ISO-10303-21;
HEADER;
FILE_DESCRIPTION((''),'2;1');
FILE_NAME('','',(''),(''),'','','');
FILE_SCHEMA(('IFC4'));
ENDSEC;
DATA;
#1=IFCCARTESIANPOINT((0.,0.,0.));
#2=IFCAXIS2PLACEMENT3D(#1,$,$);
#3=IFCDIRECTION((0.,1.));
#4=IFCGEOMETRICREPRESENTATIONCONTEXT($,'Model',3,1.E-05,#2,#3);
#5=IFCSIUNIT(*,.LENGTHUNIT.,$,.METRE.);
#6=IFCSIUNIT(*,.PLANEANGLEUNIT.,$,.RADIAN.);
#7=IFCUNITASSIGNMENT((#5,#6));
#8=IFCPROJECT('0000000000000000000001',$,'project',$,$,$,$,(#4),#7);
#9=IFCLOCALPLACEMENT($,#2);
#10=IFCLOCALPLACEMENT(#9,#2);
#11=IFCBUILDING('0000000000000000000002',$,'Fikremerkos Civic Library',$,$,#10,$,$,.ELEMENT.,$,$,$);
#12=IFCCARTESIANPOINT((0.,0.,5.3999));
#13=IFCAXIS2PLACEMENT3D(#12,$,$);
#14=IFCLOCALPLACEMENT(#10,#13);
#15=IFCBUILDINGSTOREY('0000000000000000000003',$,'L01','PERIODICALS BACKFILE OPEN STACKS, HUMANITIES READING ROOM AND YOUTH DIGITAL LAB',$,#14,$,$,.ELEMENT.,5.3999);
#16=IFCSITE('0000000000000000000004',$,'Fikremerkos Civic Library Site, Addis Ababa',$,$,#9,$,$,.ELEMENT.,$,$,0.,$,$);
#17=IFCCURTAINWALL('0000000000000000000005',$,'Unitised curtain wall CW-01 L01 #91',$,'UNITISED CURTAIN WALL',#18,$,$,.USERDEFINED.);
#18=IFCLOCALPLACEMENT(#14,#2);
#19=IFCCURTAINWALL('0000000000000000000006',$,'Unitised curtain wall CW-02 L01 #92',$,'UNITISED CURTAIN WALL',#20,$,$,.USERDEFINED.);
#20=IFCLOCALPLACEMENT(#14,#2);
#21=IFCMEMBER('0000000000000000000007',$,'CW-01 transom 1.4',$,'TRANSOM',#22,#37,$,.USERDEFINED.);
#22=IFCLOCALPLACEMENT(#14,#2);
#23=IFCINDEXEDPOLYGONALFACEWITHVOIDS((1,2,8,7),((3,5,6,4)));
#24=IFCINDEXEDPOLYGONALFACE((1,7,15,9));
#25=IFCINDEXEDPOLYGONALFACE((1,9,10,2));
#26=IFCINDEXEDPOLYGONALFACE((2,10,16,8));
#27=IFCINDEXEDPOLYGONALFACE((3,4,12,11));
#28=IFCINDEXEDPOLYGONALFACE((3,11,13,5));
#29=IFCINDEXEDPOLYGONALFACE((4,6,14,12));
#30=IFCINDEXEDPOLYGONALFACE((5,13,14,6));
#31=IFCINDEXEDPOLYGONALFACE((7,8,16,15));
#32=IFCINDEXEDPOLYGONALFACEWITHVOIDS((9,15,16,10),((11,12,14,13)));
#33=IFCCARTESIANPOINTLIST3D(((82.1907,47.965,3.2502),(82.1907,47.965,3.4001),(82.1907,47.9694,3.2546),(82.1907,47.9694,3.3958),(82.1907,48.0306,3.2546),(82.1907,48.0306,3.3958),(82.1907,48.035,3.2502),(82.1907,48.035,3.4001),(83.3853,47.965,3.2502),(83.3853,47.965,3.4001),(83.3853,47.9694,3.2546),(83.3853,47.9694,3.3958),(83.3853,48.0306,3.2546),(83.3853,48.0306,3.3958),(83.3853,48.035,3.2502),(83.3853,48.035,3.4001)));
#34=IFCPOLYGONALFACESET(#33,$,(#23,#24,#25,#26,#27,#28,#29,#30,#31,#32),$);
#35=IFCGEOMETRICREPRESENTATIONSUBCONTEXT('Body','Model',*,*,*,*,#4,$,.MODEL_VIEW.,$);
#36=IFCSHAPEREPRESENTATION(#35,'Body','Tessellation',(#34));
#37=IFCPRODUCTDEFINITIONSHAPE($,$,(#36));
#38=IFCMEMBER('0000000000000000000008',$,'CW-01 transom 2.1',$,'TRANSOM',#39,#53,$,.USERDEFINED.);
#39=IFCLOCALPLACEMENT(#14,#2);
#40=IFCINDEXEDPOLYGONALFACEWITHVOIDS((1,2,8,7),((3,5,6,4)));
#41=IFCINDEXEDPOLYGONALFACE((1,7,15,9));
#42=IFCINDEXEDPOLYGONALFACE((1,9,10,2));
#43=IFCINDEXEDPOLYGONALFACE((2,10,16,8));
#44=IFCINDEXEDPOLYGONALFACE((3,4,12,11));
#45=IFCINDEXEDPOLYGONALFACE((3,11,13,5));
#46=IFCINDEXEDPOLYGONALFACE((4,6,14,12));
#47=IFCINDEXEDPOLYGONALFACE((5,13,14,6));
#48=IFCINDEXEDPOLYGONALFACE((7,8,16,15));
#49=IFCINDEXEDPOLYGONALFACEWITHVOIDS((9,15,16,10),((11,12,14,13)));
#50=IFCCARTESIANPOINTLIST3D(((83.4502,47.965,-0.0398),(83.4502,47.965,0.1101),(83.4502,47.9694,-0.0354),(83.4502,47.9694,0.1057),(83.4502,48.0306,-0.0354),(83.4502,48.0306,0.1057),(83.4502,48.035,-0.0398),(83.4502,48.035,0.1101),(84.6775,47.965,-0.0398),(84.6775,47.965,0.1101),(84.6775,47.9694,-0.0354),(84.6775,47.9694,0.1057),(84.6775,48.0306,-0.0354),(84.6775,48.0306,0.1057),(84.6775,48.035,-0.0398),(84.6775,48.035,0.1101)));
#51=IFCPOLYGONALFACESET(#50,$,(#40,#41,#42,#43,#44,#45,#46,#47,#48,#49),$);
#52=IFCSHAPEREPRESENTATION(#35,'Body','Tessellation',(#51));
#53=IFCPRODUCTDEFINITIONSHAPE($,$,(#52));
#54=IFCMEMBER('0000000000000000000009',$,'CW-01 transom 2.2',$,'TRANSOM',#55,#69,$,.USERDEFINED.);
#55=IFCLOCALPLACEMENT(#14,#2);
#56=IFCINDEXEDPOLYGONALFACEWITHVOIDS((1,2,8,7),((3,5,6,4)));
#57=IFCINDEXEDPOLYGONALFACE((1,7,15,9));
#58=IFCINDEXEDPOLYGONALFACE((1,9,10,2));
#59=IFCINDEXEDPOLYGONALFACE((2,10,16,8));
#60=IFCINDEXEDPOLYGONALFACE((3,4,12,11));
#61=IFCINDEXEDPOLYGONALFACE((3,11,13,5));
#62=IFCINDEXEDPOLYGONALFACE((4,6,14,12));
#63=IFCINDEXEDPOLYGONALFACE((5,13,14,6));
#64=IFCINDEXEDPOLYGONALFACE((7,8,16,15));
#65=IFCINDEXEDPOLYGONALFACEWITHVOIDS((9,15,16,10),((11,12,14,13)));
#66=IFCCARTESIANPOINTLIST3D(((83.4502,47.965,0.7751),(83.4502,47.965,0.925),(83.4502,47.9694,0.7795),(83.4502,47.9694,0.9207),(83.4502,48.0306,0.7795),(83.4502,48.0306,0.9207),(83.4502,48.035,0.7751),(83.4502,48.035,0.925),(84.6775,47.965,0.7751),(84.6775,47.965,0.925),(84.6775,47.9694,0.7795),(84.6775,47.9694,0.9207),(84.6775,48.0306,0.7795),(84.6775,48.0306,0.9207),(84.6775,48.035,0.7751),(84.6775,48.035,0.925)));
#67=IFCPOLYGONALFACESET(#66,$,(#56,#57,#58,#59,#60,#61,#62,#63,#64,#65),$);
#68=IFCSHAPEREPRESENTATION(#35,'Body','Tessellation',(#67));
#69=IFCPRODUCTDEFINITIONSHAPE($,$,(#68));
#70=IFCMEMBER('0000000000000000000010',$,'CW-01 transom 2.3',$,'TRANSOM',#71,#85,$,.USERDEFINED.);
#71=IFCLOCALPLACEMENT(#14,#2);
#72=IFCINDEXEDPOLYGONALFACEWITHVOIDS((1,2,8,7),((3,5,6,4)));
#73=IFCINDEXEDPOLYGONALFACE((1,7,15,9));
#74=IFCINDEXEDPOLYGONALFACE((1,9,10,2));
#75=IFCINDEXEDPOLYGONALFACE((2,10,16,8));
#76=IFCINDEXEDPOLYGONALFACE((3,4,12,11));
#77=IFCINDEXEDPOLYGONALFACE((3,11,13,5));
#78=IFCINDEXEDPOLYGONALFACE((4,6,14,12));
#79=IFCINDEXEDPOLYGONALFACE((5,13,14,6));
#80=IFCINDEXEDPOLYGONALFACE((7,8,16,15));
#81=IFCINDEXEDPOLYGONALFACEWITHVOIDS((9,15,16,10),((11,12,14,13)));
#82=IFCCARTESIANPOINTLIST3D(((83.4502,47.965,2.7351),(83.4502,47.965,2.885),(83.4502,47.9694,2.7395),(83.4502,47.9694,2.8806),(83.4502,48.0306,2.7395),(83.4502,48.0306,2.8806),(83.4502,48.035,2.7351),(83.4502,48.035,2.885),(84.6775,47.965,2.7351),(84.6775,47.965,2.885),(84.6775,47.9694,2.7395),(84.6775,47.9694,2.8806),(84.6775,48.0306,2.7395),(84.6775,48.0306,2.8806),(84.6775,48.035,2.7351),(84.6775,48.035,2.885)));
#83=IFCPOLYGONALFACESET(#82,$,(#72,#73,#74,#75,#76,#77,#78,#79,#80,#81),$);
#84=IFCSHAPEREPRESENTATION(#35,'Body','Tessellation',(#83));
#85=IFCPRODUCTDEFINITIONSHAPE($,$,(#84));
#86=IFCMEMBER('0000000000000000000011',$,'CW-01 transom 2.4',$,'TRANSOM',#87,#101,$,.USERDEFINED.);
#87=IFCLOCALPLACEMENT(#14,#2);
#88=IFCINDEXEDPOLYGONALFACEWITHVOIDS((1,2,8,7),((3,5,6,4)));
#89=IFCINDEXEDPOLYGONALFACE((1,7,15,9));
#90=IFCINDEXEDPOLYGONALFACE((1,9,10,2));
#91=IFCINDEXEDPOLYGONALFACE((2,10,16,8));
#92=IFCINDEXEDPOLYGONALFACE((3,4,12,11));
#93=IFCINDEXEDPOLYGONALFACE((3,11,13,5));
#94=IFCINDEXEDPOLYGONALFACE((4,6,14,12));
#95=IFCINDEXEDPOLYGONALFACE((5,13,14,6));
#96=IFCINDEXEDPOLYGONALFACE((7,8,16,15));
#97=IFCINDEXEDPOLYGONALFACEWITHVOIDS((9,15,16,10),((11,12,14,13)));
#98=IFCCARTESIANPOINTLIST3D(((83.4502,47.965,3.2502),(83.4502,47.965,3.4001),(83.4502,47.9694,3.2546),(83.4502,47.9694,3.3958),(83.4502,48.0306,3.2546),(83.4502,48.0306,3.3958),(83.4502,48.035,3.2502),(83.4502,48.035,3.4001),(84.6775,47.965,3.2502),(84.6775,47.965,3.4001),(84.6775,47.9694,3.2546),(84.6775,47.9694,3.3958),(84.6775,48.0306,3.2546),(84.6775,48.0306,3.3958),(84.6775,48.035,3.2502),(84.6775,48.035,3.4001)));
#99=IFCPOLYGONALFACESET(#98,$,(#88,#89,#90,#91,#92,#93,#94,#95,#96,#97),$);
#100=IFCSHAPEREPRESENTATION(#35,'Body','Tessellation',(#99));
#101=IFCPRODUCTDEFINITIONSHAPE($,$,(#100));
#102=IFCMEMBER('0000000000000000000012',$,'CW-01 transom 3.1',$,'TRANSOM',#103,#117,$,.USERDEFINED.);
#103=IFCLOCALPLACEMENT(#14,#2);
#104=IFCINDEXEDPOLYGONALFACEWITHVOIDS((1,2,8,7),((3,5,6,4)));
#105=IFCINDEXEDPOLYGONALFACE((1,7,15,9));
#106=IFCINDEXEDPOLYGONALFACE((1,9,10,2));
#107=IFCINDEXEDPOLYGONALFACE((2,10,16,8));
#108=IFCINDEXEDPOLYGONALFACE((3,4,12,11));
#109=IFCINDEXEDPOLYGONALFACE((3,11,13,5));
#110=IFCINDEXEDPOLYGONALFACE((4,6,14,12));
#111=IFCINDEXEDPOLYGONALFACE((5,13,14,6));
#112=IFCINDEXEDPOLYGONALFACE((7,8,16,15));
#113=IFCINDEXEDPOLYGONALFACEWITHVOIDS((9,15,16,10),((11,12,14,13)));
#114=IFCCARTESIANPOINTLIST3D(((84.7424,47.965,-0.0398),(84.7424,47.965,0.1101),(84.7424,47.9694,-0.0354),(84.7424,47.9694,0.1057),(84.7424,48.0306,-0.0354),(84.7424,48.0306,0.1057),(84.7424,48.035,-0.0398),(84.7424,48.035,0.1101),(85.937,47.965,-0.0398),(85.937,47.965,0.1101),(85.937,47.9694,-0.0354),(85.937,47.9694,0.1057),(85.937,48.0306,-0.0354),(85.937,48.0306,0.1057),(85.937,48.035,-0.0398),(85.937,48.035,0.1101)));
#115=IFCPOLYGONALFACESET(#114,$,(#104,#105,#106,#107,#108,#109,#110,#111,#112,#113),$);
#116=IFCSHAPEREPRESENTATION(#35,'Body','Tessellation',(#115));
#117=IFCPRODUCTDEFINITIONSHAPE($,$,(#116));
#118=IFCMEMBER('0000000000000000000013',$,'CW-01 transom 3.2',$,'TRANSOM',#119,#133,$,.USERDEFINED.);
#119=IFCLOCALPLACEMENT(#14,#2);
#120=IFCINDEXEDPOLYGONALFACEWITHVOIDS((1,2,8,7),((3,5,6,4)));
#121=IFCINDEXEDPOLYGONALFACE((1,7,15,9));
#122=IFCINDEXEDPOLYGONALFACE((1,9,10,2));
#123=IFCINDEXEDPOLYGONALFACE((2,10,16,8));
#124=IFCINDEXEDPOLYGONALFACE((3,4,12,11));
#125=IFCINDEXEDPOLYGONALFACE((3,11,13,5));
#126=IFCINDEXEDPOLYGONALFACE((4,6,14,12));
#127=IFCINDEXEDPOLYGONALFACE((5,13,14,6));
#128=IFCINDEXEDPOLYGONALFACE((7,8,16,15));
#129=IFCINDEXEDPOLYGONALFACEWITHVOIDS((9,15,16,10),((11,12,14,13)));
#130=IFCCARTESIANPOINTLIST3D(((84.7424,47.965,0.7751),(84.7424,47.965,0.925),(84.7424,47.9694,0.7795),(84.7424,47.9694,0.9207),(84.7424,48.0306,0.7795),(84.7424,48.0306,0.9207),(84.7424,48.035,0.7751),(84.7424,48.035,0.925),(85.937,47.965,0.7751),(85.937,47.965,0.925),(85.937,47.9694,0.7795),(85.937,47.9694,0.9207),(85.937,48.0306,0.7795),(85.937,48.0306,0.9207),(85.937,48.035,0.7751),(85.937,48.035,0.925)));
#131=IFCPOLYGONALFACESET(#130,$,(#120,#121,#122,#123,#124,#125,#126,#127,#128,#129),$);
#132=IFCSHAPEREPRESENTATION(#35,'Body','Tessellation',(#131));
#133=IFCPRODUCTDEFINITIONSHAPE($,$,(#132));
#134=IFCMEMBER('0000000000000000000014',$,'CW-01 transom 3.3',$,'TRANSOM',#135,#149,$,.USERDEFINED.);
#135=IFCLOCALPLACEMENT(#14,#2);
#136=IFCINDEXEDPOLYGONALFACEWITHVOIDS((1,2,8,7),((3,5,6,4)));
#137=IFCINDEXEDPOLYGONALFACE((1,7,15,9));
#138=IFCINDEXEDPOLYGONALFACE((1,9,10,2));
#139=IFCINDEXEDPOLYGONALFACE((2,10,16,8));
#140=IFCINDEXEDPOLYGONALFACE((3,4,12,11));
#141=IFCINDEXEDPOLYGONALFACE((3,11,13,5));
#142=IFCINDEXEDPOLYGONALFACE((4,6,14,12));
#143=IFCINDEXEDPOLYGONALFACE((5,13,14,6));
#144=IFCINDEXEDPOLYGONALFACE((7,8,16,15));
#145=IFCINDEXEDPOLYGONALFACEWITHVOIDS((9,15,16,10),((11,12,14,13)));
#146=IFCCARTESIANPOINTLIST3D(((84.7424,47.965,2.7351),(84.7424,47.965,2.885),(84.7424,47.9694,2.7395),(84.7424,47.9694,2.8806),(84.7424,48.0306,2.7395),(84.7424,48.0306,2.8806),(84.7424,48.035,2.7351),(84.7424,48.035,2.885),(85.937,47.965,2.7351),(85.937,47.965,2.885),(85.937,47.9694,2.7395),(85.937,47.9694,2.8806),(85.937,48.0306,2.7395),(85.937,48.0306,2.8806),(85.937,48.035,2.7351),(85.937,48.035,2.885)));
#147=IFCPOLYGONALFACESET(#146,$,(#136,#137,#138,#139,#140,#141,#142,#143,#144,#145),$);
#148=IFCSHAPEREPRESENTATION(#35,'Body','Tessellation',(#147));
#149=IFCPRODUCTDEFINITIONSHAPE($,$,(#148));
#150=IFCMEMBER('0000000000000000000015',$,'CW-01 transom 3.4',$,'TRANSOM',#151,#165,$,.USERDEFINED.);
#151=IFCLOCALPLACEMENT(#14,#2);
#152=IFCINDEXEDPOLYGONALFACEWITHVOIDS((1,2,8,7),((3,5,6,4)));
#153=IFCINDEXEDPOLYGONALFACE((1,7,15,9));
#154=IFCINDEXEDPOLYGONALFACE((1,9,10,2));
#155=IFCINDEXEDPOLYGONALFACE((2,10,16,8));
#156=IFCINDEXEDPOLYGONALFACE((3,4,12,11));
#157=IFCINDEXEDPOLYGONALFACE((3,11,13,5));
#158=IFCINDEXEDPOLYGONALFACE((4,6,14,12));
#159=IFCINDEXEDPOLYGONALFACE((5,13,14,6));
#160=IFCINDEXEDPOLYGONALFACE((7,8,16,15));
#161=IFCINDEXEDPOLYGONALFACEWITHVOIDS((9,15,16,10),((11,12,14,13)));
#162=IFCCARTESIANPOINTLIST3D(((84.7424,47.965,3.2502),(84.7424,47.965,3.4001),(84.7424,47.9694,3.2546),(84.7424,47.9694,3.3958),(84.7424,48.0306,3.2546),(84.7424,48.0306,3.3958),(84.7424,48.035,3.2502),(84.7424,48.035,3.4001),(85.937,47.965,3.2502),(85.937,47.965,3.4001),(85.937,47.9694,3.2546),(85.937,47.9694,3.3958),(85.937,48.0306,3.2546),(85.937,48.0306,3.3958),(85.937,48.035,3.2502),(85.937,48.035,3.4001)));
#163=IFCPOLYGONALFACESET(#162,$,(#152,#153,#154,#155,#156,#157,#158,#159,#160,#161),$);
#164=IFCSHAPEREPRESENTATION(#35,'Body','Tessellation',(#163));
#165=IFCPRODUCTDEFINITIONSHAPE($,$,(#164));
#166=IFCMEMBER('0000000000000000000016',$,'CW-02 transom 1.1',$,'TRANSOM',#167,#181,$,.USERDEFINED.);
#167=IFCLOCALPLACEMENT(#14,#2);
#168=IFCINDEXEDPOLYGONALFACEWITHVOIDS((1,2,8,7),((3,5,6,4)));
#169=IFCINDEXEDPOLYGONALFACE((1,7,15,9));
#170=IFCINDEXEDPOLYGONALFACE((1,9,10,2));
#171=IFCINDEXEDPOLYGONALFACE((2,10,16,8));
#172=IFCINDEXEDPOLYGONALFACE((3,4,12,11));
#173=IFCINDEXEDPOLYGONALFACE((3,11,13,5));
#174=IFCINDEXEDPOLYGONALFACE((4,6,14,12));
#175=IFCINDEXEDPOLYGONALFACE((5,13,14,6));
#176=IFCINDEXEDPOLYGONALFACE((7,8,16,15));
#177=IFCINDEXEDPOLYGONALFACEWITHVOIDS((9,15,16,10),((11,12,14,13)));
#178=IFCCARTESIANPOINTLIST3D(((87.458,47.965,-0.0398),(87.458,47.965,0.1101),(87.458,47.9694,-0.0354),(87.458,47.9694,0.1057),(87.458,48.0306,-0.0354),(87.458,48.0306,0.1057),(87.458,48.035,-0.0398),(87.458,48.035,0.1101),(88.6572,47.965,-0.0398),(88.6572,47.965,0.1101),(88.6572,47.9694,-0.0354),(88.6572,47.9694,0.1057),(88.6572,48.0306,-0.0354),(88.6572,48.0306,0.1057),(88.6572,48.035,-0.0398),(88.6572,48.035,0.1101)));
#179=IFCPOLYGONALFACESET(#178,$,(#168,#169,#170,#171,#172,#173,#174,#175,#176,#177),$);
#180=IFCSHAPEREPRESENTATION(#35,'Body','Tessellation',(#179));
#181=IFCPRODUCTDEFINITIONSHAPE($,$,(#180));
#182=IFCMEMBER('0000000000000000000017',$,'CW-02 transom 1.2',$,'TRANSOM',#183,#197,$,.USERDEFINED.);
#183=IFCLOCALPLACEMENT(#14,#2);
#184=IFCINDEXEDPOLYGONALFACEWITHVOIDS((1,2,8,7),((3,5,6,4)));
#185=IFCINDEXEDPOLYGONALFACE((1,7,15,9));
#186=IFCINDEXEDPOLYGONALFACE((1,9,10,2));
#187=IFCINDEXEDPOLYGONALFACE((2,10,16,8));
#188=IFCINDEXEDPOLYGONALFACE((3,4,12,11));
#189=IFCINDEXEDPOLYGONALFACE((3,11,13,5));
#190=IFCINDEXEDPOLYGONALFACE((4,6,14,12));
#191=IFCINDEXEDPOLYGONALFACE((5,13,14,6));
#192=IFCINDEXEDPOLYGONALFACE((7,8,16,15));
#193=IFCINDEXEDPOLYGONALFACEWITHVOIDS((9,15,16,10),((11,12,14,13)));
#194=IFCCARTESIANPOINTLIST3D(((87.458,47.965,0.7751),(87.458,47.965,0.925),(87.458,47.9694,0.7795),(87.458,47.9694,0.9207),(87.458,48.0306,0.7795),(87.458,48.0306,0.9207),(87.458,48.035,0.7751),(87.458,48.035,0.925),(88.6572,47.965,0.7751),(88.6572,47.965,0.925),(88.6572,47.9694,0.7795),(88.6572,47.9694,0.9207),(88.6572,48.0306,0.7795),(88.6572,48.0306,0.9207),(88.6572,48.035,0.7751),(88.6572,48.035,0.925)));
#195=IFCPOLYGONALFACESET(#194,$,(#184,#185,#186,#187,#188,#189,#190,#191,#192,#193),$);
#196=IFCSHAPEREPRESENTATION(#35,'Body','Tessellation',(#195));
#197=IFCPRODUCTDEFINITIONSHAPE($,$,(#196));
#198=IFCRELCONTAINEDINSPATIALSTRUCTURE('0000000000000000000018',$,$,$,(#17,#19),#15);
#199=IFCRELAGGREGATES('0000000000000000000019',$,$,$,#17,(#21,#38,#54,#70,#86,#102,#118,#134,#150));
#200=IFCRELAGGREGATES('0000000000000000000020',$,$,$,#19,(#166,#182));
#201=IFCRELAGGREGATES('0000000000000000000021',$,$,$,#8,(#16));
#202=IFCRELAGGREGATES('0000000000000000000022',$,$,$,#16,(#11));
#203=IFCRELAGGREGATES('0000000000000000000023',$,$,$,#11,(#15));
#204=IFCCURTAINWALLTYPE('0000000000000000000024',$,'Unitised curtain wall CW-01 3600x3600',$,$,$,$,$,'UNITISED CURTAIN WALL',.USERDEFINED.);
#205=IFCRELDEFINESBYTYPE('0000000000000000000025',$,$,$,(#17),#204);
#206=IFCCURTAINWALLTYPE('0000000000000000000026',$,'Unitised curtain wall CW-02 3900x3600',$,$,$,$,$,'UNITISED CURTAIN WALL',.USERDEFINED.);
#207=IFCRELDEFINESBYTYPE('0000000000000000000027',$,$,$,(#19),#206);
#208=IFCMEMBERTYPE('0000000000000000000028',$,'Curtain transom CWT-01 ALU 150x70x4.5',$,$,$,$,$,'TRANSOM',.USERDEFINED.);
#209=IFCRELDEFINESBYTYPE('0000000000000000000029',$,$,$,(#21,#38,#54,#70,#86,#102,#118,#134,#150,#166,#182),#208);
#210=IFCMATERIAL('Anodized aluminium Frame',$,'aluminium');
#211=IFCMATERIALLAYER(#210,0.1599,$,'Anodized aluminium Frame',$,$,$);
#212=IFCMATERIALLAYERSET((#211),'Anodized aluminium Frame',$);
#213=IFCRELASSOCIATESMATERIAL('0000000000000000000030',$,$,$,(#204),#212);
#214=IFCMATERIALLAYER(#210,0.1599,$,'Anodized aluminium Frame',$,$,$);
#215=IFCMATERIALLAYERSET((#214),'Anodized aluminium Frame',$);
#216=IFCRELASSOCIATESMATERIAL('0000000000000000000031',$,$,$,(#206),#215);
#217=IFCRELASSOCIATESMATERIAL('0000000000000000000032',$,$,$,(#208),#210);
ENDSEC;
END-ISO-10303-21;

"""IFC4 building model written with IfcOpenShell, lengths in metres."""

from ifc_helpers import new_model, si_unit, direction, frame, origin, origin_2d, place, context, subcontext, project, spatial, hollow_rectangle, extrude, material, layer, layer_set, material_profile, profile_set, type_object, element, aggregate, save


model = new_model("IFC4")

# Units and contexts
model_context = context("Model", 3, precision=1e-05, world=origin(), true_north=direction((0.0, 1.0)))
body_context = subcontext(model_context, "Body", "Model", "MODEL_VIEW")
ifc_project = project(units=[si_unit("LENGTHUNIT", "METRE"), si_unit("PLANEANGLEUNIT", "RADIAN")], contexts=[model_context])

# Site, building, storey
site_placement = place(None, origin())
site = spatial("IfcSite", under=ifc_project, at=site_placement, Name="Fikremerkos Civic Library Site, Addis Ababa", CompositionType="ELEMENT", RefElevation=0.0)
building_placement = place(site_placement, origin())
building = spatial("IfcBuilding", under=site, at=building_placement, Name="Fikremerkos Civic Library", CompositionType="ELEMENT")
storey_placement = place(building_placement, frame((0.0, 0.0, 5.3999)))
storey = spatial("IfcBuildingStorey", under=building, at=storey_placement, Name="L01", Description="PERIODICALS BACKFILE OPEN STACKS, HUMANITIES READING ROOM AND YOUTH DIGITAL LAB", CompositionType="ELEMENT", Elevation=5.3999)

# Curtain walls
ifc_material_1 = material(Name="Anodized aluminium Frame", Category="aluminium")
ifc_layer_1 = layer(ifc_material_1, 0.1599, Name="Anodized aluminium Frame")
ifc_layer_set_1 = layer_set([ifc_layer_1], Name="Anodized aluminium Frame")
curtain_wall_type_1 = type_object("IfcCurtainWallType", Name="Unitised curtain wall CW-01 3600x3600", ElementType="UNITISED CURTAIN WALL", PredefinedType="USERDEFINED", material=ifc_layer_set_1)
curtain_wall_1_placement = place(storey_placement, origin())
curtain_wall_1 = element("IfcCurtainWall", 1, at=curtain_wall_1_placement, inside=storey, type_object=curtain_wall_type_1, Name="Unitised curtain wall CW-01 L01 #91", ObjectType="UNITISED CURTAIN WALL", PredefinedType="USERDEFINED")
ifc_layer_2 = layer(ifc_material_1, 0.1599, Name="Anodized aluminium Frame")
ifc_layer_set_2 = layer_set([ifc_layer_2], Name="Anodized aluminium Frame")
curtain_wall_type_2 = type_object("IfcCurtainWallType", Name="Unitised curtain wall CW-02 3900x3600", ElementType="UNITISED CURTAIN WALL", PredefinedType="USERDEFINED", material=ifc_layer_set_2)
curtain_wall_2_placement = place(storey_placement, origin())
curtain_wall_2 = element("IfcCurtainWall", 2, at=curtain_wall_2_placement, inside=storey, type_object=curtain_wall_type_2, Name="Unitised curtain wall CW-02 L01 #92", ObjectType="UNITISED CURTAIN WALL", PredefinedType="USERDEFINED")

# Members
ifc_material_profile_1 = material_profile(ifc_material_1, hollow_rectangle(XDim=0.0701, YDim=0.1499, WallThickness=0.0044, at=origin_2d()), Name="ALU 150x70x4.5")
ifc_profile_set_1 = profile_set([ifc_material_profile_1], Name="Anodized aluminium Frame")
member_type_1 = type_object("IfcMemberType", Name="Curtain transom CWT-01 ALU 150x70x4.5", ElementType="TRANSOM", PredefinedType="USERDEFINED", material=ifc_profile_set_1)
member_1_placement = place(storey_placement, frame((82.1907, 48.0, 3.3252), z_axis=(1.0, 0.0, 0.0), x_axis=(0.0, 1.0, 0.0)))
member_1 = element("IfcMember", 3, at=member_1_placement, type_object=member_type_1, Name="CW-01 transom 1.4", ObjectType="TRANSOM", PredefinedType="USERDEFINED", context=body_context, shape_type="SweptSolid", body=[
    extrude(hollow_rectangle(XDim=0.0701, YDim=0.1499, WallThickness=0.0044, at=origin_2d()), origin(), (0.0, 0.0, 1.0), 1.1946),
])
member_2_placement = place(storey_placement, frame((83.4502, 48.0, 0.0352), z_axis=(1.0, 0.0, 0.0), x_axis=(0.0, 1.0, 0.0)))
member_2 = element("IfcMember", 4, at=member_2_placement, type_object=member_type_1, Name="CW-01 transom 2.1", ObjectType="TRANSOM", PredefinedType="USERDEFINED", context=body_context, shape_type="SweptSolid", body=[
    extrude(hollow_rectangle(XDim=0.0701, YDim=0.1499, WallThickness=0.0044, at=origin_2d()), origin(), (0.0, 0.0, 1.0), 1.2273),
])
member_3_placement = place(storey_placement, frame((83.4502, 48.0, 0.8501), z_axis=(1.0, 0.0, 0.0), x_axis=(0.0, 1.0, 0.0)))
member_3 = element("IfcMember", 5, at=member_3_placement, type_object=member_type_1, Name="CW-01 transom 2.2", ObjectType="TRANSOM", PredefinedType="USERDEFINED", context=body_context, shape_type="SweptSolid", body=[
    extrude(hollow_rectangle(XDim=0.0701, YDim=0.1499, WallThickness=0.0044, at=origin_2d()), origin(), (0.0, 0.0, 1.0), 1.2273),
])
member_4_placement = place(storey_placement, frame((83.4502, 48.0, 2.8101), z_axis=(1.0, 0.0, 0.0), x_axis=(0.0, 1.0, 0.0)))
member_4 = element("IfcMember", 6, at=member_4_placement, type_object=member_type_1, Name="CW-01 transom 2.3", ObjectType="TRANSOM", PredefinedType="USERDEFINED", context=body_context, shape_type="SweptSolid", body=[
    extrude(hollow_rectangle(XDim=0.0701, YDim=0.1499, WallThickness=0.0044, at=origin_2d()), origin(), (0.0, 0.0, 1.0), 1.2273),
])
member_5_placement = place(storey_placement, frame((83.4502, 48.0, 3.3252), z_axis=(1.0, 0.0, 0.0), x_axis=(0.0, 1.0, 0.0)))
member_5 = element("IfcMember", 7, at=member_5_placement, type_object=member_type_1, Name="CW-01 transom 2.4", ObjectType="TRANSOM", PredefinedType="USERDEFINED", context=body_context, shape_type="SweptSolid", body=[
    extrude(hollow_rectangle(XDim=0.0701, YDim=0.1499, WallThickness=0.0044, at=origin_2d()), origin(), (0.0, 0.0, 1.0), 1.2273),
])
member_6_placement = place(storey_placement, frame((84.7424, 48.0, 0.0352), z_axis=(1.0, 0.0, 0.0), x_axis=(0.0, 1.0, 0.0)))
member_6 = element("IfcMember", 8, at=member_6_placement, type_object=member_type_1, Name="CW-01 transom 3.1", ObjectType="TRANSOM", PredefinedType="USERDEFINED", context=body_context, shape_type="SweptSolid", body=[
    extrude(hollow_rectangle(XDim=0.0701, YDim=0.1499, WallThickness=0.0044, at=origin_2d()), origin(), (0.0, 0.0, 1.0), 1.1946),
])
member_7_placement = place(storey_placement, frame((84.7424, 48.0, 0.8501), z_axis=(1.0, 0.0, 0.0), x_axis=(0.0, 1.0, 0.0)))
member_7 = element("IfcMember", 9, at=member_7_placement, type_object=member_type_1, Name="CW-01 transom 3.2", ObjectType="TRANSOM", PredefinedType="USERDEFINED", context=body_context, shape_type="SweptSolid", body=[
    extrude(hollow_rectangle(XDim=0.0701, YDim=0.1499, WallThickness=0.0044, at=origin_2d()), origin(), (0.0, 0.0, 1.0), 1.1946),
])
member_8_placement = place(storey_placement, frame((84.7424, 48.0, 2.8101), z_axis=(1.0, 0.0, 0.0), x_axis=(0.0, 1.0, 0.0)))
member_8 = element("IfcMember", 10, at=member_8_placement, type_object=member_type_1, Name="CW-01 transom 3.3", ObjectType="TRANSOM", PredefinedType="USERDEFINED", context=body_context, shape_type="SweptSolid", body=[
    extrude(hollow_rectangle(XDim=0.0701, YDim=0.1499, WallThickness=0.0044, at=origin_2d()), origin(), (0.0, 0.0, 1.0), 1.1946),
])
member_9_placement = place(storey_placement, frame((84.7424, 48.0, 3.3252), z_axis=(1.0, 0.0, 0.0), x_axis=(0.0, 1.0, 0.0)))
member_9 = element("IfcMember", 11, at=member_9_placement, type_object=member_type_1, Name="CW-01 transom 3.4", ObjectType="TRANSOM", PredefinedType="USERDEFINED", context=body_context, shape_type="SweptSolid", body=[
    extrude(hollow_rectangle(XDim=0.0701, YDim=0.1499, WallThickness=0.0044, at=origin_2d()), origin(), (0.0, 0.0, 1.0), 1.1946),
])
member_10_placement = place(storey_placement, frame((87.458, 48.0, 0.0352), z_axis=(1.0, 0.0, 0.0), x_axis=(0.0, 1.0, 0.0)))
member_10 = element("IfcMember", 12, at=member_10_placement, type_object=member_type_1, Name="CW-02 transom 1.1", ObjectType="TRANSOM", PredefinedType="USERDEFINED", context=body_context, shape_type="SweptSolid", body=[
    extrude(hollow_rectangle(XDim=0.0701, YDim=0.1499, WallThickness=0.0044, at=origin_2d()), origin(), (0.0, 0.0, 1.0), 1.1992),
])
member_11_placement = place(storey_placement, frame((87.458, 48.0, 0.8501), z_axis=(1.0, 0.0, 0.0), x_axis=(0.0, 1.0, 0.0)))
member_11 = element("IfcMember", 13, at=member_11_placement, type_object=member_type_1, Name="CW-02 transom 1.2", ObjectType="TRANSOM", PredefinedType="USERDEFINED", context=body_context, shape_type="SweptSolid", body=[
    extrude(hollow_rectangle(XDim=0.0701, YDim=0.1499, WallThickness=0.0044, at=origin_2d()), origin(), (0.0, 0.0, 1.0), 1.1992),
])

aggregate(curtain_wall_1, [member_1, member_2, member_3, member_4, member_5, member_6, member_7, member_8, member_9])
aggregate(curtain_wall_2, [member_10, member_11])

save(model, "model.ifc")
